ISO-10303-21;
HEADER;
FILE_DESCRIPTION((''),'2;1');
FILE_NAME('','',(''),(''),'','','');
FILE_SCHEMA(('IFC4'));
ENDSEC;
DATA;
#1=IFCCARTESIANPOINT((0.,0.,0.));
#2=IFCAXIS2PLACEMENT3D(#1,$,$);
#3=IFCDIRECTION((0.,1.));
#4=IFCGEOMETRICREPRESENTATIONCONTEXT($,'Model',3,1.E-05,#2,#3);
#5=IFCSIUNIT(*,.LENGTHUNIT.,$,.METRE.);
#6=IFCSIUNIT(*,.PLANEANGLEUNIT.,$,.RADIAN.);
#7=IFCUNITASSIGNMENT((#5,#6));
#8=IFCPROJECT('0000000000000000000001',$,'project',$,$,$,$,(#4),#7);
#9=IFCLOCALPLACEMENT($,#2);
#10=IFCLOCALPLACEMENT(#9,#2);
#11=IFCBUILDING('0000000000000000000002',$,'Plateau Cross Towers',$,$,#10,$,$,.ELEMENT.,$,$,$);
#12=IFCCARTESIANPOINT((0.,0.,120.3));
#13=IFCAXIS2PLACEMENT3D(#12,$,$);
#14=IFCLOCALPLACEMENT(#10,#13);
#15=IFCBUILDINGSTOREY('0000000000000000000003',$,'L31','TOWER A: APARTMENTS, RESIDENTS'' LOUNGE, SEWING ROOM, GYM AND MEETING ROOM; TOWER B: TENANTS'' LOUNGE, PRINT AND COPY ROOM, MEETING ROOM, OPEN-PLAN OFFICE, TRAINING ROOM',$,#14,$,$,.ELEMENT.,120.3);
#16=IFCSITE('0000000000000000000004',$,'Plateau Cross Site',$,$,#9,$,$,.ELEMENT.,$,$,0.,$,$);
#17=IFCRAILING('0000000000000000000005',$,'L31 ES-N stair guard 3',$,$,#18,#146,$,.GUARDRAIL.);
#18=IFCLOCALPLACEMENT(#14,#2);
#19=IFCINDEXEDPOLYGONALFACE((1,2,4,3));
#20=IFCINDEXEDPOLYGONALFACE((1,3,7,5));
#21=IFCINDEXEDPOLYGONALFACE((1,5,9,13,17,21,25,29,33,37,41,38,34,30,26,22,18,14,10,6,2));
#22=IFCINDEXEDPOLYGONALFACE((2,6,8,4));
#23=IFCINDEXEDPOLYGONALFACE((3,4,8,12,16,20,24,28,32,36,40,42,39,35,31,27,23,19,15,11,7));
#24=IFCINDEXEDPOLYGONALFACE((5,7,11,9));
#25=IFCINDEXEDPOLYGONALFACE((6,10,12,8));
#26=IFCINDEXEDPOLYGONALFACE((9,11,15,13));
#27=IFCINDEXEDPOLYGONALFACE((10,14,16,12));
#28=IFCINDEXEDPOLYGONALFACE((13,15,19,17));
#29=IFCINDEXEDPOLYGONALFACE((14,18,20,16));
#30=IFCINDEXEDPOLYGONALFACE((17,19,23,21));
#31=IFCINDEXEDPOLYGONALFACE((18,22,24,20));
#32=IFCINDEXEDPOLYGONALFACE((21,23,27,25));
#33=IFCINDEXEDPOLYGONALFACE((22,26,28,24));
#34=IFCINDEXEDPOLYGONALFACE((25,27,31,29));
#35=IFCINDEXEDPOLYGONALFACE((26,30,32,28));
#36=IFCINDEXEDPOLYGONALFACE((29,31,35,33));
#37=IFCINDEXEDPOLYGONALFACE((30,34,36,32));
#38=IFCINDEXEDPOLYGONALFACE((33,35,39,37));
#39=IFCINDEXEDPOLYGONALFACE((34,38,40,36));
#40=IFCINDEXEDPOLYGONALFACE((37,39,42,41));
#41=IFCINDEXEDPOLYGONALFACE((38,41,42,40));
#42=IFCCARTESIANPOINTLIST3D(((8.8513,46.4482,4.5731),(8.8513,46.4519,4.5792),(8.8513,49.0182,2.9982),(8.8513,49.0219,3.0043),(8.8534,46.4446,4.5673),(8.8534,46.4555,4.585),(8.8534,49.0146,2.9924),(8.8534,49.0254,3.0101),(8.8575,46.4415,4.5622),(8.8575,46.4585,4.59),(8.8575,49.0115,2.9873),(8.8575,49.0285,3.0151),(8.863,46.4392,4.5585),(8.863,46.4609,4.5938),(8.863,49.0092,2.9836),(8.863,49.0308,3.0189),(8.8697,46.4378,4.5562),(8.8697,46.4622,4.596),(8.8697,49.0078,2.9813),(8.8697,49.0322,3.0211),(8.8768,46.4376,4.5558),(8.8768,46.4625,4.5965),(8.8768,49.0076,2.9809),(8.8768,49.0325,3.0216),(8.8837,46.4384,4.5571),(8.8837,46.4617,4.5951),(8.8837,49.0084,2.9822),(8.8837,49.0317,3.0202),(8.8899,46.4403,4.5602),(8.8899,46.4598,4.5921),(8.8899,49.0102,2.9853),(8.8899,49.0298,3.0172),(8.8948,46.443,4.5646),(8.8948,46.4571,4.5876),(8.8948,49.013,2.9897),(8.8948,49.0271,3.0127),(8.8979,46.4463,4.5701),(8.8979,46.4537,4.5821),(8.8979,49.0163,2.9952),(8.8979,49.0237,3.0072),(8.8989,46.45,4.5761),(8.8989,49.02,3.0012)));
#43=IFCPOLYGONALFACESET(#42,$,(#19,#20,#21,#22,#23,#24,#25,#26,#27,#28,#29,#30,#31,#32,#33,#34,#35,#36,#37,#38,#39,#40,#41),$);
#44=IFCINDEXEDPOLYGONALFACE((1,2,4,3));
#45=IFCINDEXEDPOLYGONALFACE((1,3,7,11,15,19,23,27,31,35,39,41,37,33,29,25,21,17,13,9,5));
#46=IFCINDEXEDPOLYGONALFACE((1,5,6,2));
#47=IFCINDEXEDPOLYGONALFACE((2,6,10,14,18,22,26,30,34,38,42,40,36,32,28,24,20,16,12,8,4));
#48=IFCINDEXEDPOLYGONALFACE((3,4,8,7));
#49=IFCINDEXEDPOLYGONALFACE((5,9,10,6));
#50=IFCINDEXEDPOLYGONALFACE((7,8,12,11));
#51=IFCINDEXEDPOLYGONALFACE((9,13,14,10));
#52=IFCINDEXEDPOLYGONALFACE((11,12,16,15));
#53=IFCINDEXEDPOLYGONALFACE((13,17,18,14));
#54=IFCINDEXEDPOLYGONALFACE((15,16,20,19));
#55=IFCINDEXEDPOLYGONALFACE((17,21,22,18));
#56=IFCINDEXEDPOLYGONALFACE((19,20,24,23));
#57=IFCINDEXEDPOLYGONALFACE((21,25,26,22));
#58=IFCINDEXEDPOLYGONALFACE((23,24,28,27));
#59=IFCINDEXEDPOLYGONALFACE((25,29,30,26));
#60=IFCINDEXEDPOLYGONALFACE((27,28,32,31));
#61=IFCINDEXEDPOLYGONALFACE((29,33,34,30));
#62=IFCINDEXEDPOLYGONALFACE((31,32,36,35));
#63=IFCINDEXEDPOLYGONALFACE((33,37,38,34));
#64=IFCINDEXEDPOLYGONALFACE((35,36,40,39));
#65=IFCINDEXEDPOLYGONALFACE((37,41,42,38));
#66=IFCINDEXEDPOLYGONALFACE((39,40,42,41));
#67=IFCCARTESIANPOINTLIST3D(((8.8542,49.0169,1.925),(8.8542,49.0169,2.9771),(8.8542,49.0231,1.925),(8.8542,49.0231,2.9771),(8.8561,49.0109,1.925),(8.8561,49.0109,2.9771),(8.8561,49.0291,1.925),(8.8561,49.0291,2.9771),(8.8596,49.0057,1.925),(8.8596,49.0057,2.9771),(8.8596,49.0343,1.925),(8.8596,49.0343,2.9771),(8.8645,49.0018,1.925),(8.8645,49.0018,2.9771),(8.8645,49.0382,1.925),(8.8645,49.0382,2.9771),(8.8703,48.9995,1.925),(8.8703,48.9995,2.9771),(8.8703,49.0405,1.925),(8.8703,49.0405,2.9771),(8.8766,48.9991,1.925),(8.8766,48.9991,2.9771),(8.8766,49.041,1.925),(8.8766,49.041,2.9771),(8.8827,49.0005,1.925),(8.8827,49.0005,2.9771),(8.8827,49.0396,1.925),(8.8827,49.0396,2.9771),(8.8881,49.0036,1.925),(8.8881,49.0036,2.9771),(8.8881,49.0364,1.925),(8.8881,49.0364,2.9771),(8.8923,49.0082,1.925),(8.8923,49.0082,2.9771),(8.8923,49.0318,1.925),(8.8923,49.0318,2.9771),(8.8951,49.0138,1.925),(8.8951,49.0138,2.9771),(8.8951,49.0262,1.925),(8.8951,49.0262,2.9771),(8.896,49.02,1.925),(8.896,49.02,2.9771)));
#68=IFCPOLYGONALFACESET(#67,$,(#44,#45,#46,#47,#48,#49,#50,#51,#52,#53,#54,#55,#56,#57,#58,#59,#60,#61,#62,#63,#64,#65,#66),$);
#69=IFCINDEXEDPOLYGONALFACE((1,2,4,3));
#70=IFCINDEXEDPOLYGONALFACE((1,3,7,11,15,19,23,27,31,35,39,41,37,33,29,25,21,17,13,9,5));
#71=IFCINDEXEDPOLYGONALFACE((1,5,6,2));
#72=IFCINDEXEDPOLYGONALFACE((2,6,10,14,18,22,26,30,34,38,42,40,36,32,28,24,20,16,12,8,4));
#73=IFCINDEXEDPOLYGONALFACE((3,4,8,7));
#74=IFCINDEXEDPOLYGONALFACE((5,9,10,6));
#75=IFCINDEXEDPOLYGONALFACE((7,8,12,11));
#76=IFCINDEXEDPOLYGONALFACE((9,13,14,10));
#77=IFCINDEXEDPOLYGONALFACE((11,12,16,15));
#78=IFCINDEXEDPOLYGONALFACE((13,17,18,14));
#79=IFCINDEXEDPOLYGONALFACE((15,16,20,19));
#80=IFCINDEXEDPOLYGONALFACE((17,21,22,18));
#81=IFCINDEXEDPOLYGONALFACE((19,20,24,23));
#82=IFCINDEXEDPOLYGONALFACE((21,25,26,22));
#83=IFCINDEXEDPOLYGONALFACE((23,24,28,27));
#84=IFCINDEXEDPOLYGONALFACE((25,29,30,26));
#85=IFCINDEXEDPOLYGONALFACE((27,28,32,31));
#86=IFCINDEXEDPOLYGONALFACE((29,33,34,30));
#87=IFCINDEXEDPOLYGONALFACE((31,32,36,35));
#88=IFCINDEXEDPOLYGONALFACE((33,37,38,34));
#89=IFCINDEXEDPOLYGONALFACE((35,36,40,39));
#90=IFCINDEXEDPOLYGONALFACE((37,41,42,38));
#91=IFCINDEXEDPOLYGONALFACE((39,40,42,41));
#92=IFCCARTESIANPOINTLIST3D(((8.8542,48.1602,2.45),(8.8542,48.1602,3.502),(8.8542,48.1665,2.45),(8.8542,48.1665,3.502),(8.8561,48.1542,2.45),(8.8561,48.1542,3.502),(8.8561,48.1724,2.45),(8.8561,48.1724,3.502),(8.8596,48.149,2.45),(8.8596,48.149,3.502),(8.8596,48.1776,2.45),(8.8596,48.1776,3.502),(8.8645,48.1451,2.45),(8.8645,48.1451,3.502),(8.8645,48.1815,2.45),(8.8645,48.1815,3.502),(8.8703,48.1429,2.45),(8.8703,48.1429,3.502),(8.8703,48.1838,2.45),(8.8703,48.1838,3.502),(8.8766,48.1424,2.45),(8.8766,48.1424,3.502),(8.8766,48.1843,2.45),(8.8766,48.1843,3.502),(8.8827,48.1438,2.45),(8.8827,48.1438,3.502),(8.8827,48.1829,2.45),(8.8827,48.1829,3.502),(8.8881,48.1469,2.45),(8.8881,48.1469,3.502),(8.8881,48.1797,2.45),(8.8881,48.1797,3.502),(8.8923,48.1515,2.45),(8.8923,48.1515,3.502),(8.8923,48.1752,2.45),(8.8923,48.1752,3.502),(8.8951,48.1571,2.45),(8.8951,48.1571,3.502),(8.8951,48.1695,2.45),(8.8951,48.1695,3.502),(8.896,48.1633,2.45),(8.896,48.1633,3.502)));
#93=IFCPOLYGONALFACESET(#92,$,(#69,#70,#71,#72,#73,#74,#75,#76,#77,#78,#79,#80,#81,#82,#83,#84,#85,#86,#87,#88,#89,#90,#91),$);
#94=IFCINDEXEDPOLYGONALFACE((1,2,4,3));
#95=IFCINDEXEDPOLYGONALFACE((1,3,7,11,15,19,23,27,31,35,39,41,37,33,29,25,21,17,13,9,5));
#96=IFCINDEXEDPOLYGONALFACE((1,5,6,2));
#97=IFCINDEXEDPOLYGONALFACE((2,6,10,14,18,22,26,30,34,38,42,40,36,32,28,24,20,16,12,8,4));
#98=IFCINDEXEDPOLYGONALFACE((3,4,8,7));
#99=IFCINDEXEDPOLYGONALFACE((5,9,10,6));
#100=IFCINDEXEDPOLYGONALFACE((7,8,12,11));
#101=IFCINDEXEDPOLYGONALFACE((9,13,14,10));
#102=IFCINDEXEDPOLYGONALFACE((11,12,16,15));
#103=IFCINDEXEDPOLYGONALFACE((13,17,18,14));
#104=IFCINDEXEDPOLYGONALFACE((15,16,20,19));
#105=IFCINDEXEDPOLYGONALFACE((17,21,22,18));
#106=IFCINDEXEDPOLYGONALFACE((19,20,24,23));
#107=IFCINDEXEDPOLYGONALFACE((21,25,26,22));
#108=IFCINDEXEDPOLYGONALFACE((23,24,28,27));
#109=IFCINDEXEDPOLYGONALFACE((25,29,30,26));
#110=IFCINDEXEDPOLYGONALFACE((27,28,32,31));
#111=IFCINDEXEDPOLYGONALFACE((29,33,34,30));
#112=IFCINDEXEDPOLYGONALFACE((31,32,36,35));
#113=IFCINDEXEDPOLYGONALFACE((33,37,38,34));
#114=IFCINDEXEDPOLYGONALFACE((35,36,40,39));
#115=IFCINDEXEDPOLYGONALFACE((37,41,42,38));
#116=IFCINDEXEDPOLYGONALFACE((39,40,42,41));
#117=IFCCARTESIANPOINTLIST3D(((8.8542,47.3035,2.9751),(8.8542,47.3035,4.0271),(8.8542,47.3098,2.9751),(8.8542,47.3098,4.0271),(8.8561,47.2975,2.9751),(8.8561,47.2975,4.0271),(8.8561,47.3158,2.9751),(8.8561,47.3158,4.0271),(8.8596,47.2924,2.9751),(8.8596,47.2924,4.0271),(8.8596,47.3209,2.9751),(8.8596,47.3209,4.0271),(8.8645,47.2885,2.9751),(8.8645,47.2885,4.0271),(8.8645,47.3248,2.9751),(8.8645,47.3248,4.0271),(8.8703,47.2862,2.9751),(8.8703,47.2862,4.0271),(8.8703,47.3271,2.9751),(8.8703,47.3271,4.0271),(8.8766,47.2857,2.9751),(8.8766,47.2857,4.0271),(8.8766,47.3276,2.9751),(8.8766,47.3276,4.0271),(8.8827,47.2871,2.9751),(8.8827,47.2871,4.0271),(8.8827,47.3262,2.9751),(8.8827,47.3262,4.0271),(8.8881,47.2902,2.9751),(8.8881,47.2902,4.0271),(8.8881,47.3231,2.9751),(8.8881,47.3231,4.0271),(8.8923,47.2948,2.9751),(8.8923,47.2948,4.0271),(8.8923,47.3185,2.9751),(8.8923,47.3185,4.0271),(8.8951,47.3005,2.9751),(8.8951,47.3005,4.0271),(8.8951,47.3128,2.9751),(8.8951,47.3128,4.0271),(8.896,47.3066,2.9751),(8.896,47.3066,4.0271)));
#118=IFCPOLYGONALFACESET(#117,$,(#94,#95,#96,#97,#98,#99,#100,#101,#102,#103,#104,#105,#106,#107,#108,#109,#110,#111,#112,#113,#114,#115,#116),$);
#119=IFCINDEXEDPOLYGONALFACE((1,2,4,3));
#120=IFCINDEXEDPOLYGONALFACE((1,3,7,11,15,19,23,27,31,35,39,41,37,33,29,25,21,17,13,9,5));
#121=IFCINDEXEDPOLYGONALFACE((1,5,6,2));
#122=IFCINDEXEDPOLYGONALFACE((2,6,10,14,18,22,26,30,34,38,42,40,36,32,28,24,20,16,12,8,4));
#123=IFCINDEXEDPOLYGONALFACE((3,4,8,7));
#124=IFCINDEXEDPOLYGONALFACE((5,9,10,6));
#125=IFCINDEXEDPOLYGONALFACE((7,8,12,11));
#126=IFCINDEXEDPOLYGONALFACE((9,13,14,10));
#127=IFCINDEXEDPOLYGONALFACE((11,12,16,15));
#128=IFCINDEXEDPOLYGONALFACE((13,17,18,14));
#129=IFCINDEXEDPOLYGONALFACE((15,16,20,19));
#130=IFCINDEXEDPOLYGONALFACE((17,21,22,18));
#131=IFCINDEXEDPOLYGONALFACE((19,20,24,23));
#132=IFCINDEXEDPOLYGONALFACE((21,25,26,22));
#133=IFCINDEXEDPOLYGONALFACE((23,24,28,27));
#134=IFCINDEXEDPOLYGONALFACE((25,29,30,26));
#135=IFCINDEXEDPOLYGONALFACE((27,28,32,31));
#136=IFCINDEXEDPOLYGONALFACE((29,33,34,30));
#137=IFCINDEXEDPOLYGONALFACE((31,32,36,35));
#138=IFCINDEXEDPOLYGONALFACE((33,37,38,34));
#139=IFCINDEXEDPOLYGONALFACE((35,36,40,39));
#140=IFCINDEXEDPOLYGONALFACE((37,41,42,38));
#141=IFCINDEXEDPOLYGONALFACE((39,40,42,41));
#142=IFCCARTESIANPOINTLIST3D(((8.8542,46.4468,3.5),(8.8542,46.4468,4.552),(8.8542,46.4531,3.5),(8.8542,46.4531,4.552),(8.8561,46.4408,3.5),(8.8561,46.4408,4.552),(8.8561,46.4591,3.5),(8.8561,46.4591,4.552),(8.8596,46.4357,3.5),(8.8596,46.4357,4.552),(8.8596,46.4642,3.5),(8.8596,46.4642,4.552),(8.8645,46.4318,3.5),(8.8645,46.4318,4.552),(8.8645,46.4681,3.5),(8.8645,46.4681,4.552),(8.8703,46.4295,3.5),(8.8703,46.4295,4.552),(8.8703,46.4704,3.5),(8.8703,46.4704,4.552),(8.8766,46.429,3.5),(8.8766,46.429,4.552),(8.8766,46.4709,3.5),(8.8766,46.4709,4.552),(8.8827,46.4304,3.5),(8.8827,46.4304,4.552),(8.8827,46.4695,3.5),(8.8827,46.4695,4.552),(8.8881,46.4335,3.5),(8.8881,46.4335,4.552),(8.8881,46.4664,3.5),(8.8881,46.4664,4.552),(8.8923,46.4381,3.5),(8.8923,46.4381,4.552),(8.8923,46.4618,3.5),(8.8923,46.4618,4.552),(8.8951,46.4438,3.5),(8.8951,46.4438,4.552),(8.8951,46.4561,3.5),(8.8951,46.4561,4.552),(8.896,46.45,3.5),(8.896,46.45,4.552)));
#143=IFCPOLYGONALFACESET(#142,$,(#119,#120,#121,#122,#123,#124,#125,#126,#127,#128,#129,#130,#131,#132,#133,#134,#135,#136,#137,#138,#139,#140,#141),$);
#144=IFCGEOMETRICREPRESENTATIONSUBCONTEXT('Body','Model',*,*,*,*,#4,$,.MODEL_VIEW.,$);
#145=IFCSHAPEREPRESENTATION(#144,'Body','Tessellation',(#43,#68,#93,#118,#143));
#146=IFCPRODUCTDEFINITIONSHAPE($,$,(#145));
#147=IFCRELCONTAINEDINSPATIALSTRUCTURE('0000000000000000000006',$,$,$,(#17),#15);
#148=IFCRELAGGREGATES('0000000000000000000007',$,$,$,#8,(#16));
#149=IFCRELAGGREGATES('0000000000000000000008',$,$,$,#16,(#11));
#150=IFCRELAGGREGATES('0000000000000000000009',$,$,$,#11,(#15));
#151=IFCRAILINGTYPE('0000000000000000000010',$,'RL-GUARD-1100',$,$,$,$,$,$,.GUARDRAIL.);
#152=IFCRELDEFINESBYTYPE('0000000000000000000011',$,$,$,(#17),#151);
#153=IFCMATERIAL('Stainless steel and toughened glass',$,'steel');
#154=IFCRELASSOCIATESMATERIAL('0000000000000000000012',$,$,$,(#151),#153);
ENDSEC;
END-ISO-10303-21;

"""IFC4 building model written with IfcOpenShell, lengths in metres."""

from ifc_helpers import new_model, si_unit, direction, frame, origin, origin_2d, place, context, subcontext, project, spatial, circle, extrude, material, type_object, element, save


model = new_model("IFC4")

# Units and contexts
model_context = context("Model", 3, precision=1e-05, world=origin(), true_north=direction((0.0, 1.0)))
body_context = subcontext(model_context, "Body", "Model", "MODEL_VIEW")
ifc_project = project(units=[si_unit("LENGTHUNIT", "METRE"), si_unit("PLANEANGLEUNIT", "RADIAN")], contexts=[model_context])

# Site, building, storey
site_placement = place(None, origin())
site = spatial("IfcSite", under=ifc_project, at=site_placement, Name="Plateau Cross Site", CompositionType="ELEMENT", RefElevation=0.0)
building_placement = place(site_placement, origin())
building = spatial("IfcBuilding", under=site, at=building_placement, Name="Plateau Cross Towers", CompositionType="ELEMENT")
storey_placement = place(building_placement, frame((0.0, 0.0, 120.3)))
storey = spatial("IfcBuildingStorey", under=building, at=storey_placement, Name="L31", Description="TOWER A: APARTMENTS, RESIDENTS' LOUNGE, SEWING ROOM, GYM AND MEETING ROOM; TOWER B: TENANTS' LOUNGE, PRINT AND COPY ROOM, MEETING ROOM, OPEN-PLAN OFFICE, TRAINING ROOM", CompositionType="ELEMENT", Elevation=120.3)

# Railing
ifc_material_1 = material(Name="Stainless steel and toughened glass", Category="steel")
railing_type_1 = type_object("IfcRailingType", Name="RL-GUARD-1100", PredefinedType="GUARDRAIL", material=ifc_material_1)
railing_1_placement = place(storey_placement, frame((8.875, 49.02, 1.925)))
element("IfcRailing", 1, at=railing_1_placement, inside=storey, type_object=railing_type_1, Name="L31 ES-N stair guard 3", PredefinedType="GUARDRAIL", context=body_context, shape_type="SweptSolid", body=[
    extrude(circle(Radius=0.0239, at=origin_2d()), frame((0.0, 0.0, 1.0762), z_axis=(0.0, -0.852639, 0.522501), x_axis=(1.0, 0.0, 0.0)), (0.0, 0.0, 1.0), 3.0142),
    extrude(circle(Radius=0.021, at=origin_2d()), origin(), (0.0, 0.0, 1.0), 1.052),
    extrude(circle(Radius=0.021, at=origin_2d()), frame((0.0, -0.8567, 0.5249)), (0.0, 0.0, 1.0), 1.052),
    extrude(circle(Radius=0.021, at=origin_2d()), frame((0.0, -1.7134, 1.05)), (0.0, 0.0, 1.0), 1.052),
    extrude(circle(Radius=0.021, at=origin_2d()), frame((0.0, -2.5701, 1.575)), (0.0, 0.0, 1.0), 1.052),
])

save(model, "model.ifc")
